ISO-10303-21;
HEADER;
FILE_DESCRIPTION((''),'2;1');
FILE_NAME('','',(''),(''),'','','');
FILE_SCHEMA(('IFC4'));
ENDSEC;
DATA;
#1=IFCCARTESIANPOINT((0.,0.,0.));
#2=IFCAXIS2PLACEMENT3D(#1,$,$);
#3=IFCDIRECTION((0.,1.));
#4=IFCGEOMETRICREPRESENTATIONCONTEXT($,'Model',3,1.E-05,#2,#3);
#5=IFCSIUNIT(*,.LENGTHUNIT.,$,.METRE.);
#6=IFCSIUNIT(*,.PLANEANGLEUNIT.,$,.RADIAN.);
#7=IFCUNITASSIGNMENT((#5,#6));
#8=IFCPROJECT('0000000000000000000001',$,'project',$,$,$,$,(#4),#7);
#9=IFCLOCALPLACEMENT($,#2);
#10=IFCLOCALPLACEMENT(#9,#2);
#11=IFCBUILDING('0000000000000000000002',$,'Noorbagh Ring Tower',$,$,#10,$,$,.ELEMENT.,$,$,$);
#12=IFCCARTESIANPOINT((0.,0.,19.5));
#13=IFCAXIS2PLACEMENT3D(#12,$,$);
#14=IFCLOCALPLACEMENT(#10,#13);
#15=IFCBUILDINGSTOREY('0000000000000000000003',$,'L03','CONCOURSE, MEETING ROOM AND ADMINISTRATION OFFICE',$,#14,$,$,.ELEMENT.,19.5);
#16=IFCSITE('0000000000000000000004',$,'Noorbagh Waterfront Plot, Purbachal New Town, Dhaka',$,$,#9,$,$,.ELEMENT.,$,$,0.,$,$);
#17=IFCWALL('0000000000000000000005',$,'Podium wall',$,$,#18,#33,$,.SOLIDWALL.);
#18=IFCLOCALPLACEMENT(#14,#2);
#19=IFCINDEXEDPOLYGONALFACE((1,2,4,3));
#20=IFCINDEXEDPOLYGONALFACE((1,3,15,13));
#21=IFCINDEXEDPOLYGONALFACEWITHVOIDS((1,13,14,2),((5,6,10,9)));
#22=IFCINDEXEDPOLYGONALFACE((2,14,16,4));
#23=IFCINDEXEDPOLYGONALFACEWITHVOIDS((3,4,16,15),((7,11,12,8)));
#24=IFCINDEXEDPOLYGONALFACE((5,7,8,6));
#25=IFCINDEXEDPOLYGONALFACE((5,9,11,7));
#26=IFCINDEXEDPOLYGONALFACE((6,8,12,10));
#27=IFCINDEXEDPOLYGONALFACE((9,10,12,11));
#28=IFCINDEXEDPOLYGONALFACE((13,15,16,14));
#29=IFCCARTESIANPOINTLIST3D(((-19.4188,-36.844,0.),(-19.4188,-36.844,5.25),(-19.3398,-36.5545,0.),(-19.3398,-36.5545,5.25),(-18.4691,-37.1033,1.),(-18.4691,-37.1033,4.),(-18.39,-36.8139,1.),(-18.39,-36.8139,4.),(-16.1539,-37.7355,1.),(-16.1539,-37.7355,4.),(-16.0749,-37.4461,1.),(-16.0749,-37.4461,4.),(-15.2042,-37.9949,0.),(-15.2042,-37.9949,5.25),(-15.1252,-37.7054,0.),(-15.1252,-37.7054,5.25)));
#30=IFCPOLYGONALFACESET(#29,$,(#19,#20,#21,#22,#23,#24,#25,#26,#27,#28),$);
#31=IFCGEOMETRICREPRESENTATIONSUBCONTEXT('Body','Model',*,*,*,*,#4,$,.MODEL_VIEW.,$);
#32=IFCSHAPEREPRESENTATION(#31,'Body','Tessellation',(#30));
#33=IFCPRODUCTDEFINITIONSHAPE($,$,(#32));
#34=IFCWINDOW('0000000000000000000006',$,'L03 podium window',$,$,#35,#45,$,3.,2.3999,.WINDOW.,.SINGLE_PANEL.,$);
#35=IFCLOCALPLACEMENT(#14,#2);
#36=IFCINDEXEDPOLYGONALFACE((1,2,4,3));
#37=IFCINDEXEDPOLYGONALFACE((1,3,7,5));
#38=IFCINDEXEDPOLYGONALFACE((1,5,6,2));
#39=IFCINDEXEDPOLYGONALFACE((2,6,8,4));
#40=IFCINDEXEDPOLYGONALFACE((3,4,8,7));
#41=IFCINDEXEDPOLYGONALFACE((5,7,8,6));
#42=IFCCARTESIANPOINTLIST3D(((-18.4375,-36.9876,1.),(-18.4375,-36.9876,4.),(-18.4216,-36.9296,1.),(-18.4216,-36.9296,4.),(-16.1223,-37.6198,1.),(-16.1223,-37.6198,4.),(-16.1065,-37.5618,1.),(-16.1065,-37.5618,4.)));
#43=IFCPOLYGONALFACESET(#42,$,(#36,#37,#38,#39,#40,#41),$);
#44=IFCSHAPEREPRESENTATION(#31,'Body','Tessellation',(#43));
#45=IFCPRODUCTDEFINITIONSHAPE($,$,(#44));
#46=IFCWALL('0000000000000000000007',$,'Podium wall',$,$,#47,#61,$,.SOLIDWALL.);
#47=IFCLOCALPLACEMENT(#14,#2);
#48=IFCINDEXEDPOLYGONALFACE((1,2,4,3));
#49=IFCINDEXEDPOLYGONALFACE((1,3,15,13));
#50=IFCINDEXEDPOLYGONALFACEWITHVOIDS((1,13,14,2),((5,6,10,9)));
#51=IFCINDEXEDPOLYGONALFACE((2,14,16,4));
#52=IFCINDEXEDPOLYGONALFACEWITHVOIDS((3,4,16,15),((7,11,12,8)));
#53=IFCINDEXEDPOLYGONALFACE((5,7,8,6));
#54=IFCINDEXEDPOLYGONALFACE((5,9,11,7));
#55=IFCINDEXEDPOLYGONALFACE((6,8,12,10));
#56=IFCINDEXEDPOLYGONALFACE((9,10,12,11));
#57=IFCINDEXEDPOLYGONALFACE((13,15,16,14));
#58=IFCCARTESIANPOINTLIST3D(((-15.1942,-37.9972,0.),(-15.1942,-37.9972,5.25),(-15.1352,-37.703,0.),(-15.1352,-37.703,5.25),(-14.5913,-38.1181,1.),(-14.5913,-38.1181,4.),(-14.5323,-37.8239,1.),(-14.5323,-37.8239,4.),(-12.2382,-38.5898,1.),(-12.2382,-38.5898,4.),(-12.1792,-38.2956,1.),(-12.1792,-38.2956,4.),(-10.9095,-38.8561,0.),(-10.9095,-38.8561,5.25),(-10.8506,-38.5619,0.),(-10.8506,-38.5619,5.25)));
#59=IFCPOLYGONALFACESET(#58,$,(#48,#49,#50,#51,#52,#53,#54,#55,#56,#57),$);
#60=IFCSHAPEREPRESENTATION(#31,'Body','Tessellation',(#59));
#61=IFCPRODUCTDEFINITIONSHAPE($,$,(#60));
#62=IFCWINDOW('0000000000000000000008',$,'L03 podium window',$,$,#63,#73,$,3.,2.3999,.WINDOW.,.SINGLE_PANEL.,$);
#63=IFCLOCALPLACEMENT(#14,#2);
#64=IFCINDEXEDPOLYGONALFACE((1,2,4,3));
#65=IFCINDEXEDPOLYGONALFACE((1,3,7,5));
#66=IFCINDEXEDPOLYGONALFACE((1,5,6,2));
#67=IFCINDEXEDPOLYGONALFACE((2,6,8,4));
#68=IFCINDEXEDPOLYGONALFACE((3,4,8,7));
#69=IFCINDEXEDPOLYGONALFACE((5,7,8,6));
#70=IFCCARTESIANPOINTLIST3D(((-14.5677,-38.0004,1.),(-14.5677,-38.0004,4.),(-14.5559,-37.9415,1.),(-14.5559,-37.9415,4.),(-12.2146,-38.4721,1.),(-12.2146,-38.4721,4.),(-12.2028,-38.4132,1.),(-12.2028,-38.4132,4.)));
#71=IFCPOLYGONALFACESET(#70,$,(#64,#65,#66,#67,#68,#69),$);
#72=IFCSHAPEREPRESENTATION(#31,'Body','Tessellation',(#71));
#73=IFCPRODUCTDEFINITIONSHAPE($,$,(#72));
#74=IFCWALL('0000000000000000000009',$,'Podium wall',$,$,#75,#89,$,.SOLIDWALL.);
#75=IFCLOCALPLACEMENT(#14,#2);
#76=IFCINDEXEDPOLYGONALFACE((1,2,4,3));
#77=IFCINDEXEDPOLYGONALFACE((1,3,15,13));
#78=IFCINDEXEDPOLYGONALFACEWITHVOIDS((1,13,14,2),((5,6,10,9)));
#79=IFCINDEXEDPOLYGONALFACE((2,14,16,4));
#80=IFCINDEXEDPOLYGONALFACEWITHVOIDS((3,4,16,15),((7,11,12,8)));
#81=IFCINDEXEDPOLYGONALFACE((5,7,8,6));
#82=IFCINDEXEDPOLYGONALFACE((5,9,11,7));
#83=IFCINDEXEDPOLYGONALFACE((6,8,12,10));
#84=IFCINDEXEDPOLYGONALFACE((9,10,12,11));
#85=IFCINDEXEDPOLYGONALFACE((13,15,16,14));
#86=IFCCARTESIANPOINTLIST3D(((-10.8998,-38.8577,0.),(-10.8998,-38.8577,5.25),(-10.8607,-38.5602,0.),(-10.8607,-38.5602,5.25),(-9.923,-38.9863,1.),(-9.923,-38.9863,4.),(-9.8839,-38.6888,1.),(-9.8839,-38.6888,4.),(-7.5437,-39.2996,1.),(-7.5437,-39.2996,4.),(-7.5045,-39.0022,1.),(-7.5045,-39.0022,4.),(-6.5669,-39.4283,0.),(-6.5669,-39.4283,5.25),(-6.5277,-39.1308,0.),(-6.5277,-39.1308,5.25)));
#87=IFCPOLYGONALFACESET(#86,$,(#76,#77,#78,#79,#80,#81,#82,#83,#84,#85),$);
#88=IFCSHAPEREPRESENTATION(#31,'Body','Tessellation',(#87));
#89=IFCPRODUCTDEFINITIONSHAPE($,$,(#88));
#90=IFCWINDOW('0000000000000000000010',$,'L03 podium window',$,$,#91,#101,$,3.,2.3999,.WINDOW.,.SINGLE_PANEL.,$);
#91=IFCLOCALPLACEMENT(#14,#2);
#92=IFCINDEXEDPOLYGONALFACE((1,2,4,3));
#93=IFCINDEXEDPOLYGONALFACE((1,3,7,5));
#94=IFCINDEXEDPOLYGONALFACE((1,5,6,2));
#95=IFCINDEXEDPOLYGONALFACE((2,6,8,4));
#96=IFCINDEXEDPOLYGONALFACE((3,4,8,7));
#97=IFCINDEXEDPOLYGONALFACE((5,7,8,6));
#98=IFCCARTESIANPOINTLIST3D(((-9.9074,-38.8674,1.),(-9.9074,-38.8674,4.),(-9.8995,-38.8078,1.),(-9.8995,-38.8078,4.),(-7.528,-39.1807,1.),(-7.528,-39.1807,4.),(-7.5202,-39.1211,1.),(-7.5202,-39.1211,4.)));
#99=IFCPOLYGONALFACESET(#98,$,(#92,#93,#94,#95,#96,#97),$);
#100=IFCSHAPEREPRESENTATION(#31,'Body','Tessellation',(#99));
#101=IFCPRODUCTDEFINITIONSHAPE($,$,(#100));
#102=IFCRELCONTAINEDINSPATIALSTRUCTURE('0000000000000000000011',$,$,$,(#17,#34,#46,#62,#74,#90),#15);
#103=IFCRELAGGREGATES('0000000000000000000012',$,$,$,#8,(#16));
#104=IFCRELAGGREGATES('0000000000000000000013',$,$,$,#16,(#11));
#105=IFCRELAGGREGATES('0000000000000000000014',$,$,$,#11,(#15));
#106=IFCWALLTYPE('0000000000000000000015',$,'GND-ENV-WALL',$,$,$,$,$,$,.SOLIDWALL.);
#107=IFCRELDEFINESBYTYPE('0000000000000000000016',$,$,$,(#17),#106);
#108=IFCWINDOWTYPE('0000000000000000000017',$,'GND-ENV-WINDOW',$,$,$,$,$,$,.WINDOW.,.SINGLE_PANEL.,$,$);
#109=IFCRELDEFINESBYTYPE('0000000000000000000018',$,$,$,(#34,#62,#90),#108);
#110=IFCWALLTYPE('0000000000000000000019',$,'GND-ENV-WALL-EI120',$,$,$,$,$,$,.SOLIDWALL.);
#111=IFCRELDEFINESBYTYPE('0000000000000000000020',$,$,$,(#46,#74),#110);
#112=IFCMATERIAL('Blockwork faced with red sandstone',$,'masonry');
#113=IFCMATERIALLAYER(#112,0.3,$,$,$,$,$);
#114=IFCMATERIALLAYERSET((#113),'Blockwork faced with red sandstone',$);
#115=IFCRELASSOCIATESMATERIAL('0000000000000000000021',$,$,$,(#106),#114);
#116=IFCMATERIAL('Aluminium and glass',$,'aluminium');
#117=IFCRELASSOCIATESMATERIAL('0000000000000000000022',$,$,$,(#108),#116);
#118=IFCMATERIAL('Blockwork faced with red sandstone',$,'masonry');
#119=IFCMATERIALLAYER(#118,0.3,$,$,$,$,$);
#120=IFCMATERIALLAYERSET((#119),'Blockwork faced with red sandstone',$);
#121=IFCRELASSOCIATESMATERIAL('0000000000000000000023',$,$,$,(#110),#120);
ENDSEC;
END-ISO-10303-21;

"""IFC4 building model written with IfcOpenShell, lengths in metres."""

from ifc_helpers import new_model, si_unit, direction, frame, frame_2d, origin, place, context, subcontext, project, spatial, rectangle, extrude, material, layer, layer_set, type_object, element, fill, save


model = new_model("IFC4")

# Units and contexts
model_context = context("Model", 3, precision=1e-05, world=origin(), true_north=direction((0.0, 1.0)))
body_context = subcontext(model_context, "Body", "Model", "MODEL_VIEW")
ifc_project = project(units=[si_unit("LENGTHUNIT", "METRE"), si_unit("PLANEANGLEUNIT", "RADIAN")], contexts=[model_context])

# Site, building, storey
site_placement = place(None, origin())
site = spatial("IfcSite", under=ifc_project, at=site_placement, Name="Noorbagh Waterfront Plot, Purbachal New Town, Dhaka", CompositionType="ELEMENT", RefElevation=0.0)
building_placement = place(site_placement, origin())
building = spatial("IfcBuilding", under=site, at=building_placement, Name="Noorbagh Ring Tower", CompositionType="ELEMENT")
storey_placement = place(building_placement, frame((0.0, 0.0, 19.5)))
storey = spatial("IfcBuildingStorey", under=building, at=storey_placement, Name="L03", Description="CONCOURSE, MEETING ROOM AND ADMINISTRATION OFFICE", CompositionType="ELEMENT", Elevation=19.5)

# Walls, openings, windows
ifc_material_1 = material(Name="Blockwork faced with red sandstone", Category="masonry")
ifc_layer_1 = layer(ifc_material_1, 0.3)
ifc_layer_set_1 = layer_set([ifc_layer_1], Name="Blockwork faced with red sandstone")
wall_type_1 = type_object("IfcWallType", Name="GND-ENV-WALL", PredefinedType="SOLIDWALL", material=ifc_layer_set_1)
ifc_material_2 = material(Name="Aluminium and glass", Category="aluminium")
window_type = type_object("IfcWindowType", Name="GND-ENV-WINDOW", PartitioningType="SINGLE_PANEL", PredefinedType="WINDOW", material=ifc_material_2)
wall_1_placement = place(storey_placement, frame((-19.3794, -36.6992, 0.0), z_axis=(0.0, 0.0, 1.0), x_axis=(0.96468, -0.263425, 0.0)))
wall_1 = element("IfcWall", 1, at=wall_1_placement, inside=storey, type_object=wall_type_1, Name="Podium wall", PredefinedType="SOLIDWALL", context=body_context, shape_type="SweptSolid", body=[
    extrude(rectangle(XDim=4.3689, YDim=0.3, at=frame_2d((2.1846, 0.0))), origin(), (0.0, 0.0, 1.0), 5.25),
])
opening_1_placement = place(wall_1_placement, frame((0.9846, 0.0, 1.0)))
opening_1 = element("IfcOpeningElement", 2, at=opening_1_placement, cuts=wall_1, PredefinedType="OPENING", context=body_context, shape_type="SweptSolid", body=[
    extrude(rectangle(XDim=2.3999, YDim=3.0, at=frame_2d((1.2, 1.5))), frame((0.0, 0.1602, 0.0), z_axis=(0.0, -1.0, 0.0), x_axis=(1.0, 0.0, 0.0)), (0.0, 0.0, 1.0), 0.3201),
])
window_1_placement = place(opening_1_placement, origin())
window_1 = element("IfcWindow", 3, at=window_1_placement, inside=storey, type_object=window_type, Name="L03 podium window", OverallHeight=3.0, OverallWidth=2.3999, PartitioningType="SINGLE_PANEL", PredefinedType="WINDOW", context=body_context, shape_type="SweptSolid", body=[
    extrude(rectangle(XDim=2.3999, YDim=3.0, at=frame_2d((1.2, 1.5))), frame((0.0, 0.03, 0.0), z_axis=(0.0, -1.0, 0.0), x_axis=(1.0, 0.0, 0.0)), (0.0, 0.0, 1.0), 0.0601),
])
fill(opening_1, window_1)
ifc_material_3 = material(Name="Blockwork faced with red sandstone", Category="masonry")
ifc_layer_2 = layer(ifc_material_3, 0.3)
ifc_layer_set_2 = layer_set([ifc_layer_2], Name="Blockwork faced with red sandstone")
wall_type_2 = type_object("IfcWallType", Name="GND-ENV-WALL-EI120", PredefinedType="SOLIDWALL", material=ifc_layer_set_2)
wall_2_placement = place(storey_placement, frame((-15.1648, -37.8501, 0.0), z_axis=(0.0, 0.0, 1.0), x_axis=(0.980495, -0.196546, 0.0)))
wall_2 = element("IfcWall", 4, at=wall_2_placement, inside=storey, type_object=wall_type_2, Name="Podium wall", PredefinedType="SOLIDWALL", context=body_context, shape_type="SweptSolid", body=[
    extrude(rectangle(XDim=4.3699, YDim=0.3, at=frame_2d((2.1851, 0.0))), origin(), (0.0, 0.0, 1.0), 5.25),
])
opening_2_placement = place(wall_2_placement, frame((0.615, 0.0, 1.0)))
opening_2 = element("IfcOpeningElement", 5, at=opening_2_placement, cuts=wall_2, PredefinedType="OPENING", context=body_context, shape_type="SweptSolid", body=[
    extrude(rectangle(XDim=2.3999, YDim=3.0, at=frame_2d((1.2, 1.5))), frame((0.0, 0.1602, 0.0), z_axis=(0.0, -1.0, 0.0), x_axis=(1.0, 0.0, 0.0)), (0.0, 0.0, 1.0), 0.3201),
])
window_2_placement = place(opening_2_placement, origin())
window_2 = element("IfcWindow", 6, at=window_2_placement, inside=storey, type_object=window_type, Name="L03 podium window", OverallHeight=3.0, OverallWidth=2.3999, PartitioningType="SINGLE_PANEL", PredefinedType="WINDOW", context=body_context, shape_type="SweptSolid", body=[
    extrude(rectangle(XDim=2.3999, YDim=3.0, at=frame_2d((1.2, 1.5))), frame((0.0, 0.03, 0.0), z_axis=(0.0, -1.0, 0.0), x_axis=(1.0, 0.0, 0.0)), (0.0, 0.0, 1.0), 0.0601),
])
fill(opening_2, window_2)
wall_3_placement = place(storey_placement, frame((-10.8801, -38.709, 0.0), z_axis=(0.0, 0.0, 1.0), x_axis=(0.991442, -0.13055, 0.0)))
wall_3 = element("IfcWall", 7, at=wall_3_placement, inside=storey, type_object=wall_type_2, Name="Podium wall", PredefinedType="SOLIDWALL", context=body_context, shape_type="SweptSolid", body=[
    extrude(rectangle(XDim=4.3704, YDim=0.3, at=frame_2d((2.1851, 0.0))), origin(), (0.0, 0.0, 1.0), 5.25),
])
opening_3_placement = place(wall_3_placement, frame((0.9851, 0.0, 1.0)))
opening_3 = element("IfcOpeningElement", 8, at=opening_3_placement, cuts=wall_3, PredefinedType="OPENING", context=body_context, shape_type="SweptSolid", body=[
    extrude(rectangle(XDim=2.3999, YDim=3.0, at=frame_2d((1.2, 1.5))), frame((0.0, 0.1602, 0.0), z_axis=(0.0, -1.0, 0.0), x_axis=(1.0, 0.0, 0.0)), (0.0, 0.0, 1.0), 0.3201),
])
window_3_placement = place(opening_3_placement, origin())
window_3 = element("IfcWindow", 9, at=window_3_placement, inside=storey, type_object=window_type, Name="L03 podium window", OverallHeight=3.0, OverallWidth=2.3999, PartitioningType="SINGLE_PANEL", PredefinedType="WINDOW", context=body_context, shape_type="SweptSolid", body=[
    extrude(rectangle(XDim=2.3999, YDim=3.0, at=frame_2d((1.2, 1.5))), frame((0.0, 0.03, 0.0), z_axis=(0.0, -1.0, 0.0), x_axis=(1.0, 0.0, 0.0)), (0.0, 0.0, 1.0), 0.0601),
])
fill(opening_3, window_3)

save(model, "model.ifc")
